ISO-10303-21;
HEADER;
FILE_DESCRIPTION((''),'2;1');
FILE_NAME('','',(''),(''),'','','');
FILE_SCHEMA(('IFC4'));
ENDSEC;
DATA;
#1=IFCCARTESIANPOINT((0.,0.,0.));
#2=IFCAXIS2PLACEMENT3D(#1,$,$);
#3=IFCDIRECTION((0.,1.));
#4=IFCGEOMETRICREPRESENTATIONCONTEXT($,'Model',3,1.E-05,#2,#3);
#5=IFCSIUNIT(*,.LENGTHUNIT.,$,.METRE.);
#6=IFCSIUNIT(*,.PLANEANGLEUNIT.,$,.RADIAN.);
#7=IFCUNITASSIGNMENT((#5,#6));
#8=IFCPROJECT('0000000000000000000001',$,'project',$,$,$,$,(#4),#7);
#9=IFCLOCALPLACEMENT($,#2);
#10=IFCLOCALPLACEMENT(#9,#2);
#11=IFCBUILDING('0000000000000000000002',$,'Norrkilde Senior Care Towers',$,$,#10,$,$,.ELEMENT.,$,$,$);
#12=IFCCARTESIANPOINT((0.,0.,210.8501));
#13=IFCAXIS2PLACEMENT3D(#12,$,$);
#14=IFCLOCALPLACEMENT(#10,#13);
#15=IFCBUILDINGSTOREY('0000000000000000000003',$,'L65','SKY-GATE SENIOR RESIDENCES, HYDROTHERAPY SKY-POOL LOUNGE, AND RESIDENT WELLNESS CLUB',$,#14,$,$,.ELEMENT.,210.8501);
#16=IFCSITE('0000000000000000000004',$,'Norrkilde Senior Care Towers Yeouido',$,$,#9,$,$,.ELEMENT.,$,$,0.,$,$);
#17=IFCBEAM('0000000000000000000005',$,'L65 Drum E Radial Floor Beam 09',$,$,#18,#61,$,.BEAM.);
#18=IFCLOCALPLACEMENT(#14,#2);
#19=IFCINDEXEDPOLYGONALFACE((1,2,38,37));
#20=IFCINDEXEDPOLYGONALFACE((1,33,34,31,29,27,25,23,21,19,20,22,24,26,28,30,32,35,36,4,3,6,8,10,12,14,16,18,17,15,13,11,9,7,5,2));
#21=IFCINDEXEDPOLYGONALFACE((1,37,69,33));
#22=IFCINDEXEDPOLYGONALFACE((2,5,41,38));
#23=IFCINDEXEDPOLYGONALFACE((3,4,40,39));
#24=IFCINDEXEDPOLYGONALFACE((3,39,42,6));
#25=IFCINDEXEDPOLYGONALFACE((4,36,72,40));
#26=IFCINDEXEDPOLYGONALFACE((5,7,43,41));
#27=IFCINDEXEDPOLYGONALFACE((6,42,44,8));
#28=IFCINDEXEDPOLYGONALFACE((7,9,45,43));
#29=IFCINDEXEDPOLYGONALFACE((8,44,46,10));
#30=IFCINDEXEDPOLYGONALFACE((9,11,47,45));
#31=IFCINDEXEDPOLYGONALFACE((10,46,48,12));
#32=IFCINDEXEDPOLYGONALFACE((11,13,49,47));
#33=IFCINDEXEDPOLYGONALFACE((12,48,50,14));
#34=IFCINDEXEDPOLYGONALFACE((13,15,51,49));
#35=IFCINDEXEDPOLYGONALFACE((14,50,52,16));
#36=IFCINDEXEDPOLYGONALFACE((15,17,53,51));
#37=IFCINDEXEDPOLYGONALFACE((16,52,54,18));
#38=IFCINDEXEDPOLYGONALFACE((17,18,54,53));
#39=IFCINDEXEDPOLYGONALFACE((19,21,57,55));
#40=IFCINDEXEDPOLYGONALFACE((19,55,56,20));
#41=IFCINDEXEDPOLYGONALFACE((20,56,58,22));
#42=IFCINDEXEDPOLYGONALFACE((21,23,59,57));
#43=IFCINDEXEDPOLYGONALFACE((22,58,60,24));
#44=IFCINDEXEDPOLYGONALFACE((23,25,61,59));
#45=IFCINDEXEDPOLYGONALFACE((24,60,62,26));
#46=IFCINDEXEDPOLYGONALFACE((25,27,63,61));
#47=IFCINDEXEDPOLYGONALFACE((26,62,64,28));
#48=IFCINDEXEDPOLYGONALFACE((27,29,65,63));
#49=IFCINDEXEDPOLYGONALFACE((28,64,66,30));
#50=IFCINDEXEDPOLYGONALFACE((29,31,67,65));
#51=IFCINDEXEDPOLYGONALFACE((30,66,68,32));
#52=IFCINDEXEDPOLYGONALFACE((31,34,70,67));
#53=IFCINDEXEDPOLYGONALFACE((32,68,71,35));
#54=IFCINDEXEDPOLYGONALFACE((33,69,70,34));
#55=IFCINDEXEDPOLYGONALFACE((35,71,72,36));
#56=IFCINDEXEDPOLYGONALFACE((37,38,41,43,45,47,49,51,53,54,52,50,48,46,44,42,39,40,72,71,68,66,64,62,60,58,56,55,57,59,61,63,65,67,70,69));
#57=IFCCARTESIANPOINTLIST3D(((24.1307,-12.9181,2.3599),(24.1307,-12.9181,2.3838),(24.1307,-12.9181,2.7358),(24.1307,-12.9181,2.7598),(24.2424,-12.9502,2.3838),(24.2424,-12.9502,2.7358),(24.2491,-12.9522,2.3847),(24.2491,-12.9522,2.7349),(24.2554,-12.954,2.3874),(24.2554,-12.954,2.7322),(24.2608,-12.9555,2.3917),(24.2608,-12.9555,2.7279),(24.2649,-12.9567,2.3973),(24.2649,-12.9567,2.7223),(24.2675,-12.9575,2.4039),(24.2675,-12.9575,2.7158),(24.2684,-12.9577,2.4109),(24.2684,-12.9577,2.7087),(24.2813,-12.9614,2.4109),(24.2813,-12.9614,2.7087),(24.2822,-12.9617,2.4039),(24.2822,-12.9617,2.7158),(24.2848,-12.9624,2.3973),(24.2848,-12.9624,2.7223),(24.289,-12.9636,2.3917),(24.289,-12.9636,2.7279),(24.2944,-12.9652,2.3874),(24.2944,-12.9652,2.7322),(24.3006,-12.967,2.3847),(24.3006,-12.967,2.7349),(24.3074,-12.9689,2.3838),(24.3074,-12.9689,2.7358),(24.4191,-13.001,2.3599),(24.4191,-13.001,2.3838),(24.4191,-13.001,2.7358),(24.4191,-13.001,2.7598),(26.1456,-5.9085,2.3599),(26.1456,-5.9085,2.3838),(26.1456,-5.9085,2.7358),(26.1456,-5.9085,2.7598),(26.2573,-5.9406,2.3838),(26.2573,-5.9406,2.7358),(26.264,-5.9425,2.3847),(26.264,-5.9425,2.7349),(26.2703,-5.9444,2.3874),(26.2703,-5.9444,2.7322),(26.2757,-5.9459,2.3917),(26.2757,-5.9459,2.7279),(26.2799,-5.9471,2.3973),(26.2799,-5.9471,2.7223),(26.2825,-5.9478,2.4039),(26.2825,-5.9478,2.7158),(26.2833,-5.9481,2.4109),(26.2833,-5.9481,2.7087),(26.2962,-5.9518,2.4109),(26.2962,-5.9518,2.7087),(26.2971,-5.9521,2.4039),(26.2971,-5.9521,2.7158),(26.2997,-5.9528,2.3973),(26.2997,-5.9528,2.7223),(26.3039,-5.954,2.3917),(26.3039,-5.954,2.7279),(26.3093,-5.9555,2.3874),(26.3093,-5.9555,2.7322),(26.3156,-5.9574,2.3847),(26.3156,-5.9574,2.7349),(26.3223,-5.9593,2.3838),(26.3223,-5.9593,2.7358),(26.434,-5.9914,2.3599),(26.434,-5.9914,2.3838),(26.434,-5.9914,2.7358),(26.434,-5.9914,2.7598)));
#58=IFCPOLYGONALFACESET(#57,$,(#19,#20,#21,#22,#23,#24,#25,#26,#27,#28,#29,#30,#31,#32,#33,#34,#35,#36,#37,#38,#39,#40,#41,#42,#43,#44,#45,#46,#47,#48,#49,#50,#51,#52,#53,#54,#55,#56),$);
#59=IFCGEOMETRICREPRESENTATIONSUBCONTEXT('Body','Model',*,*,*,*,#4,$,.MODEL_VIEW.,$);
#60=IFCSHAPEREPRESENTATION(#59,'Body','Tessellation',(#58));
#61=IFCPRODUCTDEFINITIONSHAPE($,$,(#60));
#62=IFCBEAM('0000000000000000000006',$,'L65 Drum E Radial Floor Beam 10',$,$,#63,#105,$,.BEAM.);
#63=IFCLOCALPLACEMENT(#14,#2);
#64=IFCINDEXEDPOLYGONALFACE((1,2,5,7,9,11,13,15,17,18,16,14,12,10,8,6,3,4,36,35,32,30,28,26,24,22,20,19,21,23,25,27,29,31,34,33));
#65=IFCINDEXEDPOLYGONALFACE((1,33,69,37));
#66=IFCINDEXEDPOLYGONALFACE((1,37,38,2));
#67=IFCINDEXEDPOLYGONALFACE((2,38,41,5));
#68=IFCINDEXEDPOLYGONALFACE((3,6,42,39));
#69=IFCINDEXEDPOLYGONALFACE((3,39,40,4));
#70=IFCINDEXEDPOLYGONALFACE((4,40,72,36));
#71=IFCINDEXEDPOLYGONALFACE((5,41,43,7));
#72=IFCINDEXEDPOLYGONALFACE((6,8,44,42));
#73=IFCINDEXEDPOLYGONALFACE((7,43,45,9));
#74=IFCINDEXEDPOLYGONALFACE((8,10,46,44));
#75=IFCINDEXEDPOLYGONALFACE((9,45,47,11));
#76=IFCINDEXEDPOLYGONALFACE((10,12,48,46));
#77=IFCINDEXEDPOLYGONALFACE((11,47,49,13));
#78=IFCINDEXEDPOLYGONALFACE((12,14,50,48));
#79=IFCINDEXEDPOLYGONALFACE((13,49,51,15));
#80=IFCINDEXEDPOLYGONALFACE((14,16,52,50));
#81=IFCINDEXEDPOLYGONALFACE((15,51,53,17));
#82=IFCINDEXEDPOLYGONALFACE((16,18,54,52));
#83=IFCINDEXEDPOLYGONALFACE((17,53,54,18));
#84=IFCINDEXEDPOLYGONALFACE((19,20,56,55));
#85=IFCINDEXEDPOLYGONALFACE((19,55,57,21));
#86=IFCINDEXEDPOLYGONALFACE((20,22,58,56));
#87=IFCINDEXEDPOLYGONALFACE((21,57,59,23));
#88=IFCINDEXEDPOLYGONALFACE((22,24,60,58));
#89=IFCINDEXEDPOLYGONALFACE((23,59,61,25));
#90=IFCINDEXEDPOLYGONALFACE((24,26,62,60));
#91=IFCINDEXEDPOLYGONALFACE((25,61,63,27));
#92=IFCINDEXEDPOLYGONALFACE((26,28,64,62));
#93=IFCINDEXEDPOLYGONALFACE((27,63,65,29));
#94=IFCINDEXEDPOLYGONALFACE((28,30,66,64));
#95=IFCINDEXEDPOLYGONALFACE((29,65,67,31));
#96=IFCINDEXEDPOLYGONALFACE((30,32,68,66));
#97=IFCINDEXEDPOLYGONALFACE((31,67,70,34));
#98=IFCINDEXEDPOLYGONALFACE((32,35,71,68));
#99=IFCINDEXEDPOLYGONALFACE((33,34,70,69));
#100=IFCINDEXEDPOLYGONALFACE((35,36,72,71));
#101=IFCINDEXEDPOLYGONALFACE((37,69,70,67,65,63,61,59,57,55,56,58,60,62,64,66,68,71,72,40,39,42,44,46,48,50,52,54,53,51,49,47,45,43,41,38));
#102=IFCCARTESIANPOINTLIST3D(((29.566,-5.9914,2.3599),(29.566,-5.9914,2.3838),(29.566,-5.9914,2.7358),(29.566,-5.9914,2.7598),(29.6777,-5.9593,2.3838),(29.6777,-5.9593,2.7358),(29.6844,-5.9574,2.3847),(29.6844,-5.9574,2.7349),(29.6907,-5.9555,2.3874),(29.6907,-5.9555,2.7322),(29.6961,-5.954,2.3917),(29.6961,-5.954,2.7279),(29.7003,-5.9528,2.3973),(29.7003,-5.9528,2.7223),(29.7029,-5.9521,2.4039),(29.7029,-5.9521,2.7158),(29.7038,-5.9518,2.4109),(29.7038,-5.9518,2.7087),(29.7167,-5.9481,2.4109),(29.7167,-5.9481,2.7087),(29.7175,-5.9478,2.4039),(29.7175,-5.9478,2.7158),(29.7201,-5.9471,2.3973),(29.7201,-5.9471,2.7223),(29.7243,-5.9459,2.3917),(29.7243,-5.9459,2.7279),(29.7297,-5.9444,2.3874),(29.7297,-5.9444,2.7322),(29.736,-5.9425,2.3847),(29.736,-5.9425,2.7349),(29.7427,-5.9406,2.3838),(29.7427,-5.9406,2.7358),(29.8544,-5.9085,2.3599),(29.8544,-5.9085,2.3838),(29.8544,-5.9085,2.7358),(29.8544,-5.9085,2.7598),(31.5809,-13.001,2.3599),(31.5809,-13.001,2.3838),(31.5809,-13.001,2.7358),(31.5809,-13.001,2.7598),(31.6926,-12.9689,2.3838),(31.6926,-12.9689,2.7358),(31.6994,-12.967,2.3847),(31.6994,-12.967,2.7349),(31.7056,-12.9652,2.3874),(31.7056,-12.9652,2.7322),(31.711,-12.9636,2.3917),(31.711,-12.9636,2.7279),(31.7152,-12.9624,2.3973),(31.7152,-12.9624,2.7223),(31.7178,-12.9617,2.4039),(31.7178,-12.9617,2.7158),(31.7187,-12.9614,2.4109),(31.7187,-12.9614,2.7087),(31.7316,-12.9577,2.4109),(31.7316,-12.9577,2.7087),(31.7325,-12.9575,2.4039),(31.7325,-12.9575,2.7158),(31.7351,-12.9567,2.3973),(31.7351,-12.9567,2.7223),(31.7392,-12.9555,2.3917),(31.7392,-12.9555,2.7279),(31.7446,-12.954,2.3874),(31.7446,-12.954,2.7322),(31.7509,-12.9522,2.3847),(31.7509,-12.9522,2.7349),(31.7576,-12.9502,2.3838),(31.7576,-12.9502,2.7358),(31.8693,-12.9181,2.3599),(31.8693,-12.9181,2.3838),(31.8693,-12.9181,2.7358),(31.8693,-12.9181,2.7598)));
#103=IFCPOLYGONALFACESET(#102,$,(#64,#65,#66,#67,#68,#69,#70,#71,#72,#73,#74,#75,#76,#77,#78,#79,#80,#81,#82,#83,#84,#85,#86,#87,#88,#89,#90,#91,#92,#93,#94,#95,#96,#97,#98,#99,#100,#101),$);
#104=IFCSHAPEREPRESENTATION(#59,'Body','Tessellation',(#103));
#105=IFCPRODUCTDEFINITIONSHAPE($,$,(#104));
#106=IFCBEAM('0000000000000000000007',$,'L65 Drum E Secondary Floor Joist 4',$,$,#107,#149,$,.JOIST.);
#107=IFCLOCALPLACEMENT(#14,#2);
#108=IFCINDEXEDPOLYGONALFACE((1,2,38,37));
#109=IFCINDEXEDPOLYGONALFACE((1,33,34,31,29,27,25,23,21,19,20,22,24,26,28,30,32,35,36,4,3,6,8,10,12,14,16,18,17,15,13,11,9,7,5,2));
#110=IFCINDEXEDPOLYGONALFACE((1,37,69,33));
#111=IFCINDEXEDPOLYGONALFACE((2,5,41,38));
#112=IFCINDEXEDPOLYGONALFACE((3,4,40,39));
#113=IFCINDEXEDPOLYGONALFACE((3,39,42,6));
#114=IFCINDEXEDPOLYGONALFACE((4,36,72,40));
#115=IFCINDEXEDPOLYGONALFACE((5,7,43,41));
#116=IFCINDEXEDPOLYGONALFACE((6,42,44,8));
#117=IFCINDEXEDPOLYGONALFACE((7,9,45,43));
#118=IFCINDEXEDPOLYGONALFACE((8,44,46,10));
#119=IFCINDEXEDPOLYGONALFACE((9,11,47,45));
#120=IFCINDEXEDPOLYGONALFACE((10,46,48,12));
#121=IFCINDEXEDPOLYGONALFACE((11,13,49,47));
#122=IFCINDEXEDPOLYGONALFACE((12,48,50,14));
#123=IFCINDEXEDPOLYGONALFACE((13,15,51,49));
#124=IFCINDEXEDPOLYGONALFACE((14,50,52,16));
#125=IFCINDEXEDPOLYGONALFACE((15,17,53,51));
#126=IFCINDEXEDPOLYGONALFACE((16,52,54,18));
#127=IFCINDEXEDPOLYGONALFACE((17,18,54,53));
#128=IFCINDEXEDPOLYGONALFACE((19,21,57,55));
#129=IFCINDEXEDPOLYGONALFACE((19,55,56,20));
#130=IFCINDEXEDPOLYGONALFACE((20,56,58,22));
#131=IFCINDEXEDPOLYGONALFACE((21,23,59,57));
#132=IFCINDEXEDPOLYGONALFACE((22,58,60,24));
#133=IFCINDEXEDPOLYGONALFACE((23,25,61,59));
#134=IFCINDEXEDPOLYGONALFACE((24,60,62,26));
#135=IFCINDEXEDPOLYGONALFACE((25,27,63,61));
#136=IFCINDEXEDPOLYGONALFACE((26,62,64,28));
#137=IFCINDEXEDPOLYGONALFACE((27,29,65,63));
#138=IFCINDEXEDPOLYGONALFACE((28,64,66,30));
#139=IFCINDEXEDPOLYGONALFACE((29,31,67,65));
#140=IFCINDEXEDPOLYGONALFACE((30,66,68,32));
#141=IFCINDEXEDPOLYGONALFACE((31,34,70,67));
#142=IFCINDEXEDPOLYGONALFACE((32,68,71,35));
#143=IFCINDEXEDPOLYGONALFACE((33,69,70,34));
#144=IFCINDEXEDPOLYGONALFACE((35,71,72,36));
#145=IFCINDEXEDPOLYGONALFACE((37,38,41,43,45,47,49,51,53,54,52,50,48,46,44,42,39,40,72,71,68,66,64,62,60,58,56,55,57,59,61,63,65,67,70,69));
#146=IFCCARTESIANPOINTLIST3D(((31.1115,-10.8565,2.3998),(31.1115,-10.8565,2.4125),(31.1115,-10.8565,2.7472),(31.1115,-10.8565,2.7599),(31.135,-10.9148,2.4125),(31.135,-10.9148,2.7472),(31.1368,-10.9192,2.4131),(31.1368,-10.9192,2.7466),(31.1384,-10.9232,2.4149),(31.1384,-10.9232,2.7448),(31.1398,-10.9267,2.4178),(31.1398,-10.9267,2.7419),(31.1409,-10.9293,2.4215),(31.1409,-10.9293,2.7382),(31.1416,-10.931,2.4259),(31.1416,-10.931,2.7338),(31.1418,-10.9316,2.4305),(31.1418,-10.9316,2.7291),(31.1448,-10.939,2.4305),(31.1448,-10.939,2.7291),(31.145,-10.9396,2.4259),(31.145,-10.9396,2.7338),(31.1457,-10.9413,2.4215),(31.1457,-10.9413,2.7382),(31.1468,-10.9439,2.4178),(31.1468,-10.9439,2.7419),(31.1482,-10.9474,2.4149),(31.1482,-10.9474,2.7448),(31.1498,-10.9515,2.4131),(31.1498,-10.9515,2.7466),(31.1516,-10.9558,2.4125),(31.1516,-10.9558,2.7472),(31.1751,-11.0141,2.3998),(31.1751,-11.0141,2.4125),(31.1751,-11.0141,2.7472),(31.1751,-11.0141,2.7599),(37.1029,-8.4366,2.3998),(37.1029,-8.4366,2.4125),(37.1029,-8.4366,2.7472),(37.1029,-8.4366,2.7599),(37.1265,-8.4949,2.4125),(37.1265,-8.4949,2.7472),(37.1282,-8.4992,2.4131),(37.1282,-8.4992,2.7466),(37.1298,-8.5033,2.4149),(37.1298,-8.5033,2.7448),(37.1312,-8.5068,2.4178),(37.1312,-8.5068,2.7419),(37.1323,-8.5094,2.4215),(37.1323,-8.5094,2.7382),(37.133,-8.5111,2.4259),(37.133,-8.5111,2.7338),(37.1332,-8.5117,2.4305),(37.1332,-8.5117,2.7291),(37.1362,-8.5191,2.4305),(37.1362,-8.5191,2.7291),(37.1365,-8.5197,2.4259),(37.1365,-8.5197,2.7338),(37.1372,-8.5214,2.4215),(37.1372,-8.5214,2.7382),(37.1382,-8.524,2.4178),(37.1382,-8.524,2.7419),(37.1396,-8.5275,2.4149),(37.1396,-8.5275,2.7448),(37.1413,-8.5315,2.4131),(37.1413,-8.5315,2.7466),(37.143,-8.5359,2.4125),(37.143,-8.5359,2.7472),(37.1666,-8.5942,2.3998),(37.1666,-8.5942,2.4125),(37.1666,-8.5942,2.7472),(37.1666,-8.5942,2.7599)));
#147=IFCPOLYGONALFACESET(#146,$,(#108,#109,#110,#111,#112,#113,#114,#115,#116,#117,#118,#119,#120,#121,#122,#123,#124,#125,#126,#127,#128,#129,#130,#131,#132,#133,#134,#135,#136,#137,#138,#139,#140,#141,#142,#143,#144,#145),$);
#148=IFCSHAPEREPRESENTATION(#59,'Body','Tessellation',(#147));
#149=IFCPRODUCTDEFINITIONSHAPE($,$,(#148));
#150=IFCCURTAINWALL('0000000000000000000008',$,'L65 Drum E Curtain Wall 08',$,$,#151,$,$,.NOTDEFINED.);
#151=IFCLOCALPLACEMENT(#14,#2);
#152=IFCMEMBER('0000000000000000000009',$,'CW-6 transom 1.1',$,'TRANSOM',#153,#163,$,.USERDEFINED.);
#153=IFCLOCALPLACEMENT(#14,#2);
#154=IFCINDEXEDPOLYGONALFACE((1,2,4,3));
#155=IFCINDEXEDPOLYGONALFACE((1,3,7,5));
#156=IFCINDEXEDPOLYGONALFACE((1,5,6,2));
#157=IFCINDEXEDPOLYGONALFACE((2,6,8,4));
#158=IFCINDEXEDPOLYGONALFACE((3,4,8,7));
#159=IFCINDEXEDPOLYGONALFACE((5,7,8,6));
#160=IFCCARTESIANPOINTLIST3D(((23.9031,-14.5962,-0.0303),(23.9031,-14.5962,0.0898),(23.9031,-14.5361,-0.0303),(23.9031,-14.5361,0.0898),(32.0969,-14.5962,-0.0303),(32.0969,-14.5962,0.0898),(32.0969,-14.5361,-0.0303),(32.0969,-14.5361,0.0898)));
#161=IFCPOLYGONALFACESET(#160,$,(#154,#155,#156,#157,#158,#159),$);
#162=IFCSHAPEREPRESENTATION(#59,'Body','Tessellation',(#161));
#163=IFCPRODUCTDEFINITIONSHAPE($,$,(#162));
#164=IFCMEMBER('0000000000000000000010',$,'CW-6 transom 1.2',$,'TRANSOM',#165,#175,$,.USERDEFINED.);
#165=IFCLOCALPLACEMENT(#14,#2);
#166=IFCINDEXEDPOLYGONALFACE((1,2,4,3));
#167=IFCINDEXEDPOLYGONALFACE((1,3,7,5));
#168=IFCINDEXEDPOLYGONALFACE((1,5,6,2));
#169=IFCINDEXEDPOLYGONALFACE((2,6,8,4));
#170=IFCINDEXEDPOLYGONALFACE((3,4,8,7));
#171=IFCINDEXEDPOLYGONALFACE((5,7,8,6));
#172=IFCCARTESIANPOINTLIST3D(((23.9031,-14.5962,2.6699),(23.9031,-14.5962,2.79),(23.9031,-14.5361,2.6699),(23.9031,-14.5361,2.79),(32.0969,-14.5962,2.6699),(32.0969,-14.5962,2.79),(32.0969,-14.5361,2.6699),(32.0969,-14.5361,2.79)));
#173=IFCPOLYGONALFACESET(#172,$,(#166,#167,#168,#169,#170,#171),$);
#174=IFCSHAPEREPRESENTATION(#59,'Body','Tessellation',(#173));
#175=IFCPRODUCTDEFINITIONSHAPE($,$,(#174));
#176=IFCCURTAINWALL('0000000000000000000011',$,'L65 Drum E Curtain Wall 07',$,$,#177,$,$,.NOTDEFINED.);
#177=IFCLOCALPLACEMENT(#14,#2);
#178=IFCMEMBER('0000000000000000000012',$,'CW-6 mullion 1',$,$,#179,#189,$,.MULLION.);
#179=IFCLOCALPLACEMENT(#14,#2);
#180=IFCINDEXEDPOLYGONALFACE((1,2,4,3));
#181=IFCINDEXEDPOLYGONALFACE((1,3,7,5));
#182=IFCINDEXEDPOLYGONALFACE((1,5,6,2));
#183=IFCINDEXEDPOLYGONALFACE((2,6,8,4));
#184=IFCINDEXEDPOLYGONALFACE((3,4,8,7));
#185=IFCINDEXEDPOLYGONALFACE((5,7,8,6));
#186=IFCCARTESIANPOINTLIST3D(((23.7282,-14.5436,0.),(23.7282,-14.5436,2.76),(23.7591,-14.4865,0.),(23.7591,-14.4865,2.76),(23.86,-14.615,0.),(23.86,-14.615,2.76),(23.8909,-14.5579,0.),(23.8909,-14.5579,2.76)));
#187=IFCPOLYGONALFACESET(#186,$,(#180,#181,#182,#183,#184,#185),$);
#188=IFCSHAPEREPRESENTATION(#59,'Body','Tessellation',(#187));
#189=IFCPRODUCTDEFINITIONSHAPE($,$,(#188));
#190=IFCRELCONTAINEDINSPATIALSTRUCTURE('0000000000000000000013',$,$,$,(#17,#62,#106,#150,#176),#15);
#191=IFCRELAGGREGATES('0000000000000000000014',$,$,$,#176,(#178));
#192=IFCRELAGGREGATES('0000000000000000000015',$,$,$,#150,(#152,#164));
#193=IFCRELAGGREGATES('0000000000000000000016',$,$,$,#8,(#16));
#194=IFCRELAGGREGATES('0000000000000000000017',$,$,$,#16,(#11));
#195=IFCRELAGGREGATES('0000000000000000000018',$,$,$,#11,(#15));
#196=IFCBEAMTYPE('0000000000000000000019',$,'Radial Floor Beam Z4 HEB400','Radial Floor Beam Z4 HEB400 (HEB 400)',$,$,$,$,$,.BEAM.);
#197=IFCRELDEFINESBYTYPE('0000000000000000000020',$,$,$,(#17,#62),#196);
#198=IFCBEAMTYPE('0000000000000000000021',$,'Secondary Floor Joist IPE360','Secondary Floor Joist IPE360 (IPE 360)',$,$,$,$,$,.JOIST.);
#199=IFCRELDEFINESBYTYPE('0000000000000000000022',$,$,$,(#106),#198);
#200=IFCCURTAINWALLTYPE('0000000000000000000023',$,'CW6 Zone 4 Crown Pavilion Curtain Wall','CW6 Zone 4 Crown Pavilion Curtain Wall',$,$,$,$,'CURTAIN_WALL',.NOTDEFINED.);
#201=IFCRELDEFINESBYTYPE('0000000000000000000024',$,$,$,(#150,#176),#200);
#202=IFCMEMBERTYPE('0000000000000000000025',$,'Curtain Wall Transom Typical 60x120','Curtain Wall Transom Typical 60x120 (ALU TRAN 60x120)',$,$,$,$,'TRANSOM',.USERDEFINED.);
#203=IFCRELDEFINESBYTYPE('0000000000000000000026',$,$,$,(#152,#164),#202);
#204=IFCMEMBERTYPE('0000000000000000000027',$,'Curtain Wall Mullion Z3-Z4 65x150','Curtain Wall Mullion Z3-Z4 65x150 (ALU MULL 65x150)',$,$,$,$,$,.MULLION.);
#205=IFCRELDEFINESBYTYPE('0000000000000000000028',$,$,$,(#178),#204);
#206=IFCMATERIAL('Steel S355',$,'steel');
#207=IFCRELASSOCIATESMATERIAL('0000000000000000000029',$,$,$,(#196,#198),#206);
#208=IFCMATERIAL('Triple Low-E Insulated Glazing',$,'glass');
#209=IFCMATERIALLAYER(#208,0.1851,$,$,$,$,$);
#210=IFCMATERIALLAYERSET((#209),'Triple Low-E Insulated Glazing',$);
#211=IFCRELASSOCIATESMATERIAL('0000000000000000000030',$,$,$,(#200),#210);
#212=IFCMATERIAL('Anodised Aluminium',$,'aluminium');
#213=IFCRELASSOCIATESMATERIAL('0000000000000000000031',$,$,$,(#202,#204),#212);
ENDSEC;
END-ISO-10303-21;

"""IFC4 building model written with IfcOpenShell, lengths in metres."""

from ifc_helpers import new_model, si_unit, direction, frame, origin, origin_2d, place, context, subcontext, project, spatial, rectangle, i_section, extrude, source, transform, mapped, material, layer, layer_set, material_profile, profile_set, type_object, type_shapes, element, aggregate, save


model = new_model("IFC4")

# Units and contexts
model_context = context("Model", 3, precision=1e-05, world=origin(), true_north=direction((0.0, 1.0)))
body_context = subcontext(model_context, "Body", "Model", "MODEL_VIEW")
ifc_project = project(units=[si_unit("LENGTHUNIT", "METRE"), si_unit("PLANEANGLEUNIT", "RADIAN")], contexts=[model_context])

# Site, building, storey
site_placement = place(None, origin())
site = spatial("IfcSite", under=ifc_project, at=site_placement, Name="Norrkilde Senior Care Towers Yeouido", CompositionType="ELEMENT", RefElevation=0.0)
building_placement = place(site_placement, origin())
building = spatial("IfcBuilding", under=site, at=building_placement, Name="Norrkilde Senior Care Towers", CompositionType="ELEMENT")
storey_placement = place(building_placement, frame((0.0, 0.0, 210.8501)))
storey = spatial("IfcBuildingStorey", under=building, at=storey_placement, Name="L65", Description="SKY-GATE SENIOR RESIDENCES, HYDROTHERAPY SKY-POOL LOUNGE, AND RESIDENT WELLNESS CLUB", CompositionType="ELEMENT", Elevation=210.8501)

# Beams
ifc_material_1 = material(Name="Steel S355", Category="steel")
ifc_material_profile_1 = material_profile(ifc_material_1, i_section(OverallWidth=0.3, OverallDepth=0.3999, WebThickness=0.0134, FlangeThickness=0.0239, FilletRadius=0.0271, at=origin_2d()), Name="HEB 400")
ifc_profile_set_1 = profile_set([ifc_material_profile_1], Name="Steel S355")
beam_type_1 = type_object("IfcBeamType", Name="Radial Floor Beam Z4 HEB400", Description="Radial Floor Beam Z4 HEB400 (HEB 400)", PredefinedType="BEAM", material=ifc_profile_set_1)
shared_shape_1 = source(origin(), body_context, "Body", "SweptSolid", [
    extrude(i_section(OverallWidth=0.3, OverallDepth=0.3999, WebThickness=0.0134, FlangeThickness=0.0239, FilletRadius=0.0271, at=origin_2d()), origin(), (0.0, 0.0, 1.0), 7.2935),
])
type_shapes(beam_type_1, [shared_shape_1])
for number, where, z_axis, x_axis, name in (
    (1, (26.2898, -5.95, 2.5598), (-0.276264, -0.961082, 0.0), (0.961082, -0.276264, 0.0), "L65 Drum E Radial Floor Beam 09"),
    (2, (29.7102, -5.95, 2.5598), (0.276264, -0.961082, 0.0), (0.961082, 0.276264, 0.0), "L65 Drum E Radial Floor Beam 10"),
):
    element("IfcBeam", number, at=place(storey_placement, frame(where, z_axis=z_axis, x_axis=x_axis)), inside=storey, type_object=beam_type_1, Name=name, PredefinedType="BEAM", context=body_context, shape_type="MappedRepresentation", body=[
        mapped(shared_shape_1, transform((0.0, 0.0, 0.0), x_axis=(1.0, 0.0, 0.0), y_axis=(0.0, 1.0, 0.0), z_axis=(0.0, 0.0, 1.0), scale=1.0)),
    ])
ifc_material_profile_2 = material_profile(ifc_material_1, i_section(OverallWidth=0.1699, OverallDepth=0.3601, WebThickness=0.0081, FlangeThickness=0.0127, FilletRadius=0.0181, at=origin_2d()), Name="IPE 360")
ifc_profile_set_2 = profile_set([ifc_material_profile_2], Name="Steel S355")
beam_type_2 = type_object("IfcBeamType", Name="Secondary Floor Joist IPE360", Description="Secondary Floor Joist IPE360 (IPE 360)", PredefinedType="JOIST", material=ifc_profile_set_2)
shared_shape_2 = source(origin(), body_context, "Body", "SweptSolid", [
    extrude(i_section(OverallWidth=0.1699, OverallDepth=0.3601, WebThickness=0.0081, FlangeThickness=0.0127, FilletRadius=0.0181, at=origin_2d()), origin(), (0.0, 0.0, 1.0), 6.4617),
])
type_shapes(beam_type_2, [shared_shape_2])
beam_1_placement = place(storey_placement, frame((31.1433, -10.9353, 2.5798), z_axis=(0.927226, 0.374502, 0.0), x_axis=(-0.374502, 0.927226, 0.0)))
element("IfcBeam", 3, at=beam_1_placement, inside=storey, type_object=beam_type_2, Name="L65 Drum E Secondary Floor Joist 4", PredefinedType="JOIST", context=body_context, shape_type="MappedRepresentation", body=[
    mapped(shared_shape_2, transform((0.0, 0.0, 0.0), x_axis=(1.0, 0.0, 0.0), y_axis=(0.0, 1.0, 0.0), z_axis=(0.0, 0.0, 1.0), scale=1.0)),
])

# Curtain wall, members
ifc_material_2 = material(Name="Triple Low-E Insulated Glazing", Category="glass")
ifc_layer_1 = layer(ifc_material_2, 0.1851)
ifc_layer_set_1 = layer_set([ifc_layer_1], Name="Triple Low-E Insulated Glazing")
curtain_wall_type = type_object("IfcCurtainWallType", Name="CW6 Zone 4 Crown Pavilion Curtain Wall", Description="CW6 Zone 4 Crown Pavilion Curtain Wall", ElementType="CURTAIN_WALL", PredefinedType="NOTDEFINED", material=ifc_layer_set_1)
curtain_wall_1_placement = place(storey_placement, origin())
curtain_wall_1 = element("IfcCurtainWall", 4, at=curtain_wall_1_placement, inside=storey, type_object=curtain_wall_type, Name="L65 Drum E Curtain Wall 08", PredefinedType="NOTDEFINED")
ifc_material_3 = material(Name="Anodised Aluminium", Category="aluminium")
ifc_material_profile_3 = material_profile(ifc_material_3, rectangle(XDim=0.0601, YDim=0.1201, at=origin_2d()), Name="ALU TRAN 60x120")
ifc_profile_set_3 = profile_set([ifc_material_profile_3], Name="Anodised Aluminium")
member_type_1 = type_object("IfcMemberType", Name="Curtain Wall Transom Typical 60x120", Description="Curtain Wall Transom Typical 60x120 (ALU TRAN 60x120)", ElementType="TRANSOM", PredefinedType="USERDEFINED", material=ifc_profile_set_3)
shared_shape_3 = source(origin(), body_context, "Body", "SweptSolid", [
    extrude(rectangle(XDim=0.0601, YDim=0.1201, at=origin_2d()), origin(), (0.0, 0.0, 1.0), 8.1938),
])
type_shapes(member_type_1, [shared_shape_3])
member_1_placement = place(storey_placement, frame((32.0969, -14.5662, 0.0298), z_axis=(-1.0, 0.0, 0.0), x_axis=(0.0, -1.0, 0.0)))
member_1 = element("IfcMember", 5, at=member_1_placement, type_object=member_type_1, Name="CW-6 transom 1.1", ObjectType="TRANSOM", PredefinedType="USERDEFINED", context=body_context, shape_type="MappedRepresentation", body=[
    mapped(shared_shape_3, transform((0.0, 0.0, 0.0), x_axis=(1.0, 0.0, 0.0), y_axis=(0.0, 1.0, 0.0), z_axis=(0.0, 0.0, 1.0), scale=1.0)),
])
member_2_placement = place(storey_placement, frame((32.0969, -14.5662, 2.73), z_axis=(-1.0, 0.0, 0.0), x_axis=(0.0, -1.0, 0.0)))
member_2 = element("IfcMember", 6, at=member_2_placement, type_object=member_type_1, Name="CW-6 transom 1.2", ObjectType="TRANSOM", PredefinedType="USERDEFINED", context=body_context, shape_type="MappedRepresentation", body=[
    mapped(shared_shape_3, transform((0.0, 0.0, 0.0), x_axis=(1.0, 0.0, 0.0), y_axis=(0.0, 1.0, 0.0), z_axis=(0.0, 0.0, 1.0), scale=1.0)),
])

# Curtain wall, member
curtain_wall_2_placement = place(storey_placement, origin())
curtain_wall_2 = element("IfcCurtainWall", 7, at=curtain_wall_2_placement, inside=storey, type_object=curtain_wall_type, Name="L65 Drum E Curtain Wall 07", PredefinedType="NOTDEFINED")
ifc_material_profile_4 = material_profile(ifc_material_3, rectangle(XDim=0.0649, YDim=0.1499, at=origin_2d()), Name="ALU MULL 65x150")
ifc_profile_set_4 = profile_set([ifc_material_profile_4], Name="Anodised Aluminium")
member_type_2 = type_object("IfcMemberType", Name="Curtain Wall Mullion Z3-Z4 65x150", Description="Curtain Wall Mullion Z3-Z4 65x150 (ALU MULL 65x150)", PredefinedType="MULLION", material=ifc_profile_set_4)
shared_shape_4 = source(origin(), body_context, "Body", "SweptSolid", [
    extrude(rectangle(XDim=0.0649, YDim=0.1499, at=origin_2d()), origin(), (0.0, 0.0, 1.0), 2.76),
])
type_shapes(member_type_2, [shared_shape_4])
member_3_placement = place(storey_placement, frame((23.8096, -14.5508, 0.0), z_axis=(0.0, 0.0, 1.0), x_axis=(-0.476133, -0.879373, 0.0)))
member_3 = element("IfcMember", 8, at=member_3_placement, type_object=member_type_2, Name="CW-6 mullion 1", PredefinedType="MULLION", context=body_context, shape_type="MappedRepresentation", body=[
    mapped(shared_shape_4, transform((0.0, 0.0, 0.0), x_axis=(1.0, 0.0, 0.0), y_axis=(0.0, 1.0, 0.0), z_axis=(0.0, 0.0, 1.0), scale=1.0)),
])
aggregate(curtain_wall_2, [member_3])

aggregate(curtain_wall_1, [member_1, member_2])

save(model, "model.ifc")
